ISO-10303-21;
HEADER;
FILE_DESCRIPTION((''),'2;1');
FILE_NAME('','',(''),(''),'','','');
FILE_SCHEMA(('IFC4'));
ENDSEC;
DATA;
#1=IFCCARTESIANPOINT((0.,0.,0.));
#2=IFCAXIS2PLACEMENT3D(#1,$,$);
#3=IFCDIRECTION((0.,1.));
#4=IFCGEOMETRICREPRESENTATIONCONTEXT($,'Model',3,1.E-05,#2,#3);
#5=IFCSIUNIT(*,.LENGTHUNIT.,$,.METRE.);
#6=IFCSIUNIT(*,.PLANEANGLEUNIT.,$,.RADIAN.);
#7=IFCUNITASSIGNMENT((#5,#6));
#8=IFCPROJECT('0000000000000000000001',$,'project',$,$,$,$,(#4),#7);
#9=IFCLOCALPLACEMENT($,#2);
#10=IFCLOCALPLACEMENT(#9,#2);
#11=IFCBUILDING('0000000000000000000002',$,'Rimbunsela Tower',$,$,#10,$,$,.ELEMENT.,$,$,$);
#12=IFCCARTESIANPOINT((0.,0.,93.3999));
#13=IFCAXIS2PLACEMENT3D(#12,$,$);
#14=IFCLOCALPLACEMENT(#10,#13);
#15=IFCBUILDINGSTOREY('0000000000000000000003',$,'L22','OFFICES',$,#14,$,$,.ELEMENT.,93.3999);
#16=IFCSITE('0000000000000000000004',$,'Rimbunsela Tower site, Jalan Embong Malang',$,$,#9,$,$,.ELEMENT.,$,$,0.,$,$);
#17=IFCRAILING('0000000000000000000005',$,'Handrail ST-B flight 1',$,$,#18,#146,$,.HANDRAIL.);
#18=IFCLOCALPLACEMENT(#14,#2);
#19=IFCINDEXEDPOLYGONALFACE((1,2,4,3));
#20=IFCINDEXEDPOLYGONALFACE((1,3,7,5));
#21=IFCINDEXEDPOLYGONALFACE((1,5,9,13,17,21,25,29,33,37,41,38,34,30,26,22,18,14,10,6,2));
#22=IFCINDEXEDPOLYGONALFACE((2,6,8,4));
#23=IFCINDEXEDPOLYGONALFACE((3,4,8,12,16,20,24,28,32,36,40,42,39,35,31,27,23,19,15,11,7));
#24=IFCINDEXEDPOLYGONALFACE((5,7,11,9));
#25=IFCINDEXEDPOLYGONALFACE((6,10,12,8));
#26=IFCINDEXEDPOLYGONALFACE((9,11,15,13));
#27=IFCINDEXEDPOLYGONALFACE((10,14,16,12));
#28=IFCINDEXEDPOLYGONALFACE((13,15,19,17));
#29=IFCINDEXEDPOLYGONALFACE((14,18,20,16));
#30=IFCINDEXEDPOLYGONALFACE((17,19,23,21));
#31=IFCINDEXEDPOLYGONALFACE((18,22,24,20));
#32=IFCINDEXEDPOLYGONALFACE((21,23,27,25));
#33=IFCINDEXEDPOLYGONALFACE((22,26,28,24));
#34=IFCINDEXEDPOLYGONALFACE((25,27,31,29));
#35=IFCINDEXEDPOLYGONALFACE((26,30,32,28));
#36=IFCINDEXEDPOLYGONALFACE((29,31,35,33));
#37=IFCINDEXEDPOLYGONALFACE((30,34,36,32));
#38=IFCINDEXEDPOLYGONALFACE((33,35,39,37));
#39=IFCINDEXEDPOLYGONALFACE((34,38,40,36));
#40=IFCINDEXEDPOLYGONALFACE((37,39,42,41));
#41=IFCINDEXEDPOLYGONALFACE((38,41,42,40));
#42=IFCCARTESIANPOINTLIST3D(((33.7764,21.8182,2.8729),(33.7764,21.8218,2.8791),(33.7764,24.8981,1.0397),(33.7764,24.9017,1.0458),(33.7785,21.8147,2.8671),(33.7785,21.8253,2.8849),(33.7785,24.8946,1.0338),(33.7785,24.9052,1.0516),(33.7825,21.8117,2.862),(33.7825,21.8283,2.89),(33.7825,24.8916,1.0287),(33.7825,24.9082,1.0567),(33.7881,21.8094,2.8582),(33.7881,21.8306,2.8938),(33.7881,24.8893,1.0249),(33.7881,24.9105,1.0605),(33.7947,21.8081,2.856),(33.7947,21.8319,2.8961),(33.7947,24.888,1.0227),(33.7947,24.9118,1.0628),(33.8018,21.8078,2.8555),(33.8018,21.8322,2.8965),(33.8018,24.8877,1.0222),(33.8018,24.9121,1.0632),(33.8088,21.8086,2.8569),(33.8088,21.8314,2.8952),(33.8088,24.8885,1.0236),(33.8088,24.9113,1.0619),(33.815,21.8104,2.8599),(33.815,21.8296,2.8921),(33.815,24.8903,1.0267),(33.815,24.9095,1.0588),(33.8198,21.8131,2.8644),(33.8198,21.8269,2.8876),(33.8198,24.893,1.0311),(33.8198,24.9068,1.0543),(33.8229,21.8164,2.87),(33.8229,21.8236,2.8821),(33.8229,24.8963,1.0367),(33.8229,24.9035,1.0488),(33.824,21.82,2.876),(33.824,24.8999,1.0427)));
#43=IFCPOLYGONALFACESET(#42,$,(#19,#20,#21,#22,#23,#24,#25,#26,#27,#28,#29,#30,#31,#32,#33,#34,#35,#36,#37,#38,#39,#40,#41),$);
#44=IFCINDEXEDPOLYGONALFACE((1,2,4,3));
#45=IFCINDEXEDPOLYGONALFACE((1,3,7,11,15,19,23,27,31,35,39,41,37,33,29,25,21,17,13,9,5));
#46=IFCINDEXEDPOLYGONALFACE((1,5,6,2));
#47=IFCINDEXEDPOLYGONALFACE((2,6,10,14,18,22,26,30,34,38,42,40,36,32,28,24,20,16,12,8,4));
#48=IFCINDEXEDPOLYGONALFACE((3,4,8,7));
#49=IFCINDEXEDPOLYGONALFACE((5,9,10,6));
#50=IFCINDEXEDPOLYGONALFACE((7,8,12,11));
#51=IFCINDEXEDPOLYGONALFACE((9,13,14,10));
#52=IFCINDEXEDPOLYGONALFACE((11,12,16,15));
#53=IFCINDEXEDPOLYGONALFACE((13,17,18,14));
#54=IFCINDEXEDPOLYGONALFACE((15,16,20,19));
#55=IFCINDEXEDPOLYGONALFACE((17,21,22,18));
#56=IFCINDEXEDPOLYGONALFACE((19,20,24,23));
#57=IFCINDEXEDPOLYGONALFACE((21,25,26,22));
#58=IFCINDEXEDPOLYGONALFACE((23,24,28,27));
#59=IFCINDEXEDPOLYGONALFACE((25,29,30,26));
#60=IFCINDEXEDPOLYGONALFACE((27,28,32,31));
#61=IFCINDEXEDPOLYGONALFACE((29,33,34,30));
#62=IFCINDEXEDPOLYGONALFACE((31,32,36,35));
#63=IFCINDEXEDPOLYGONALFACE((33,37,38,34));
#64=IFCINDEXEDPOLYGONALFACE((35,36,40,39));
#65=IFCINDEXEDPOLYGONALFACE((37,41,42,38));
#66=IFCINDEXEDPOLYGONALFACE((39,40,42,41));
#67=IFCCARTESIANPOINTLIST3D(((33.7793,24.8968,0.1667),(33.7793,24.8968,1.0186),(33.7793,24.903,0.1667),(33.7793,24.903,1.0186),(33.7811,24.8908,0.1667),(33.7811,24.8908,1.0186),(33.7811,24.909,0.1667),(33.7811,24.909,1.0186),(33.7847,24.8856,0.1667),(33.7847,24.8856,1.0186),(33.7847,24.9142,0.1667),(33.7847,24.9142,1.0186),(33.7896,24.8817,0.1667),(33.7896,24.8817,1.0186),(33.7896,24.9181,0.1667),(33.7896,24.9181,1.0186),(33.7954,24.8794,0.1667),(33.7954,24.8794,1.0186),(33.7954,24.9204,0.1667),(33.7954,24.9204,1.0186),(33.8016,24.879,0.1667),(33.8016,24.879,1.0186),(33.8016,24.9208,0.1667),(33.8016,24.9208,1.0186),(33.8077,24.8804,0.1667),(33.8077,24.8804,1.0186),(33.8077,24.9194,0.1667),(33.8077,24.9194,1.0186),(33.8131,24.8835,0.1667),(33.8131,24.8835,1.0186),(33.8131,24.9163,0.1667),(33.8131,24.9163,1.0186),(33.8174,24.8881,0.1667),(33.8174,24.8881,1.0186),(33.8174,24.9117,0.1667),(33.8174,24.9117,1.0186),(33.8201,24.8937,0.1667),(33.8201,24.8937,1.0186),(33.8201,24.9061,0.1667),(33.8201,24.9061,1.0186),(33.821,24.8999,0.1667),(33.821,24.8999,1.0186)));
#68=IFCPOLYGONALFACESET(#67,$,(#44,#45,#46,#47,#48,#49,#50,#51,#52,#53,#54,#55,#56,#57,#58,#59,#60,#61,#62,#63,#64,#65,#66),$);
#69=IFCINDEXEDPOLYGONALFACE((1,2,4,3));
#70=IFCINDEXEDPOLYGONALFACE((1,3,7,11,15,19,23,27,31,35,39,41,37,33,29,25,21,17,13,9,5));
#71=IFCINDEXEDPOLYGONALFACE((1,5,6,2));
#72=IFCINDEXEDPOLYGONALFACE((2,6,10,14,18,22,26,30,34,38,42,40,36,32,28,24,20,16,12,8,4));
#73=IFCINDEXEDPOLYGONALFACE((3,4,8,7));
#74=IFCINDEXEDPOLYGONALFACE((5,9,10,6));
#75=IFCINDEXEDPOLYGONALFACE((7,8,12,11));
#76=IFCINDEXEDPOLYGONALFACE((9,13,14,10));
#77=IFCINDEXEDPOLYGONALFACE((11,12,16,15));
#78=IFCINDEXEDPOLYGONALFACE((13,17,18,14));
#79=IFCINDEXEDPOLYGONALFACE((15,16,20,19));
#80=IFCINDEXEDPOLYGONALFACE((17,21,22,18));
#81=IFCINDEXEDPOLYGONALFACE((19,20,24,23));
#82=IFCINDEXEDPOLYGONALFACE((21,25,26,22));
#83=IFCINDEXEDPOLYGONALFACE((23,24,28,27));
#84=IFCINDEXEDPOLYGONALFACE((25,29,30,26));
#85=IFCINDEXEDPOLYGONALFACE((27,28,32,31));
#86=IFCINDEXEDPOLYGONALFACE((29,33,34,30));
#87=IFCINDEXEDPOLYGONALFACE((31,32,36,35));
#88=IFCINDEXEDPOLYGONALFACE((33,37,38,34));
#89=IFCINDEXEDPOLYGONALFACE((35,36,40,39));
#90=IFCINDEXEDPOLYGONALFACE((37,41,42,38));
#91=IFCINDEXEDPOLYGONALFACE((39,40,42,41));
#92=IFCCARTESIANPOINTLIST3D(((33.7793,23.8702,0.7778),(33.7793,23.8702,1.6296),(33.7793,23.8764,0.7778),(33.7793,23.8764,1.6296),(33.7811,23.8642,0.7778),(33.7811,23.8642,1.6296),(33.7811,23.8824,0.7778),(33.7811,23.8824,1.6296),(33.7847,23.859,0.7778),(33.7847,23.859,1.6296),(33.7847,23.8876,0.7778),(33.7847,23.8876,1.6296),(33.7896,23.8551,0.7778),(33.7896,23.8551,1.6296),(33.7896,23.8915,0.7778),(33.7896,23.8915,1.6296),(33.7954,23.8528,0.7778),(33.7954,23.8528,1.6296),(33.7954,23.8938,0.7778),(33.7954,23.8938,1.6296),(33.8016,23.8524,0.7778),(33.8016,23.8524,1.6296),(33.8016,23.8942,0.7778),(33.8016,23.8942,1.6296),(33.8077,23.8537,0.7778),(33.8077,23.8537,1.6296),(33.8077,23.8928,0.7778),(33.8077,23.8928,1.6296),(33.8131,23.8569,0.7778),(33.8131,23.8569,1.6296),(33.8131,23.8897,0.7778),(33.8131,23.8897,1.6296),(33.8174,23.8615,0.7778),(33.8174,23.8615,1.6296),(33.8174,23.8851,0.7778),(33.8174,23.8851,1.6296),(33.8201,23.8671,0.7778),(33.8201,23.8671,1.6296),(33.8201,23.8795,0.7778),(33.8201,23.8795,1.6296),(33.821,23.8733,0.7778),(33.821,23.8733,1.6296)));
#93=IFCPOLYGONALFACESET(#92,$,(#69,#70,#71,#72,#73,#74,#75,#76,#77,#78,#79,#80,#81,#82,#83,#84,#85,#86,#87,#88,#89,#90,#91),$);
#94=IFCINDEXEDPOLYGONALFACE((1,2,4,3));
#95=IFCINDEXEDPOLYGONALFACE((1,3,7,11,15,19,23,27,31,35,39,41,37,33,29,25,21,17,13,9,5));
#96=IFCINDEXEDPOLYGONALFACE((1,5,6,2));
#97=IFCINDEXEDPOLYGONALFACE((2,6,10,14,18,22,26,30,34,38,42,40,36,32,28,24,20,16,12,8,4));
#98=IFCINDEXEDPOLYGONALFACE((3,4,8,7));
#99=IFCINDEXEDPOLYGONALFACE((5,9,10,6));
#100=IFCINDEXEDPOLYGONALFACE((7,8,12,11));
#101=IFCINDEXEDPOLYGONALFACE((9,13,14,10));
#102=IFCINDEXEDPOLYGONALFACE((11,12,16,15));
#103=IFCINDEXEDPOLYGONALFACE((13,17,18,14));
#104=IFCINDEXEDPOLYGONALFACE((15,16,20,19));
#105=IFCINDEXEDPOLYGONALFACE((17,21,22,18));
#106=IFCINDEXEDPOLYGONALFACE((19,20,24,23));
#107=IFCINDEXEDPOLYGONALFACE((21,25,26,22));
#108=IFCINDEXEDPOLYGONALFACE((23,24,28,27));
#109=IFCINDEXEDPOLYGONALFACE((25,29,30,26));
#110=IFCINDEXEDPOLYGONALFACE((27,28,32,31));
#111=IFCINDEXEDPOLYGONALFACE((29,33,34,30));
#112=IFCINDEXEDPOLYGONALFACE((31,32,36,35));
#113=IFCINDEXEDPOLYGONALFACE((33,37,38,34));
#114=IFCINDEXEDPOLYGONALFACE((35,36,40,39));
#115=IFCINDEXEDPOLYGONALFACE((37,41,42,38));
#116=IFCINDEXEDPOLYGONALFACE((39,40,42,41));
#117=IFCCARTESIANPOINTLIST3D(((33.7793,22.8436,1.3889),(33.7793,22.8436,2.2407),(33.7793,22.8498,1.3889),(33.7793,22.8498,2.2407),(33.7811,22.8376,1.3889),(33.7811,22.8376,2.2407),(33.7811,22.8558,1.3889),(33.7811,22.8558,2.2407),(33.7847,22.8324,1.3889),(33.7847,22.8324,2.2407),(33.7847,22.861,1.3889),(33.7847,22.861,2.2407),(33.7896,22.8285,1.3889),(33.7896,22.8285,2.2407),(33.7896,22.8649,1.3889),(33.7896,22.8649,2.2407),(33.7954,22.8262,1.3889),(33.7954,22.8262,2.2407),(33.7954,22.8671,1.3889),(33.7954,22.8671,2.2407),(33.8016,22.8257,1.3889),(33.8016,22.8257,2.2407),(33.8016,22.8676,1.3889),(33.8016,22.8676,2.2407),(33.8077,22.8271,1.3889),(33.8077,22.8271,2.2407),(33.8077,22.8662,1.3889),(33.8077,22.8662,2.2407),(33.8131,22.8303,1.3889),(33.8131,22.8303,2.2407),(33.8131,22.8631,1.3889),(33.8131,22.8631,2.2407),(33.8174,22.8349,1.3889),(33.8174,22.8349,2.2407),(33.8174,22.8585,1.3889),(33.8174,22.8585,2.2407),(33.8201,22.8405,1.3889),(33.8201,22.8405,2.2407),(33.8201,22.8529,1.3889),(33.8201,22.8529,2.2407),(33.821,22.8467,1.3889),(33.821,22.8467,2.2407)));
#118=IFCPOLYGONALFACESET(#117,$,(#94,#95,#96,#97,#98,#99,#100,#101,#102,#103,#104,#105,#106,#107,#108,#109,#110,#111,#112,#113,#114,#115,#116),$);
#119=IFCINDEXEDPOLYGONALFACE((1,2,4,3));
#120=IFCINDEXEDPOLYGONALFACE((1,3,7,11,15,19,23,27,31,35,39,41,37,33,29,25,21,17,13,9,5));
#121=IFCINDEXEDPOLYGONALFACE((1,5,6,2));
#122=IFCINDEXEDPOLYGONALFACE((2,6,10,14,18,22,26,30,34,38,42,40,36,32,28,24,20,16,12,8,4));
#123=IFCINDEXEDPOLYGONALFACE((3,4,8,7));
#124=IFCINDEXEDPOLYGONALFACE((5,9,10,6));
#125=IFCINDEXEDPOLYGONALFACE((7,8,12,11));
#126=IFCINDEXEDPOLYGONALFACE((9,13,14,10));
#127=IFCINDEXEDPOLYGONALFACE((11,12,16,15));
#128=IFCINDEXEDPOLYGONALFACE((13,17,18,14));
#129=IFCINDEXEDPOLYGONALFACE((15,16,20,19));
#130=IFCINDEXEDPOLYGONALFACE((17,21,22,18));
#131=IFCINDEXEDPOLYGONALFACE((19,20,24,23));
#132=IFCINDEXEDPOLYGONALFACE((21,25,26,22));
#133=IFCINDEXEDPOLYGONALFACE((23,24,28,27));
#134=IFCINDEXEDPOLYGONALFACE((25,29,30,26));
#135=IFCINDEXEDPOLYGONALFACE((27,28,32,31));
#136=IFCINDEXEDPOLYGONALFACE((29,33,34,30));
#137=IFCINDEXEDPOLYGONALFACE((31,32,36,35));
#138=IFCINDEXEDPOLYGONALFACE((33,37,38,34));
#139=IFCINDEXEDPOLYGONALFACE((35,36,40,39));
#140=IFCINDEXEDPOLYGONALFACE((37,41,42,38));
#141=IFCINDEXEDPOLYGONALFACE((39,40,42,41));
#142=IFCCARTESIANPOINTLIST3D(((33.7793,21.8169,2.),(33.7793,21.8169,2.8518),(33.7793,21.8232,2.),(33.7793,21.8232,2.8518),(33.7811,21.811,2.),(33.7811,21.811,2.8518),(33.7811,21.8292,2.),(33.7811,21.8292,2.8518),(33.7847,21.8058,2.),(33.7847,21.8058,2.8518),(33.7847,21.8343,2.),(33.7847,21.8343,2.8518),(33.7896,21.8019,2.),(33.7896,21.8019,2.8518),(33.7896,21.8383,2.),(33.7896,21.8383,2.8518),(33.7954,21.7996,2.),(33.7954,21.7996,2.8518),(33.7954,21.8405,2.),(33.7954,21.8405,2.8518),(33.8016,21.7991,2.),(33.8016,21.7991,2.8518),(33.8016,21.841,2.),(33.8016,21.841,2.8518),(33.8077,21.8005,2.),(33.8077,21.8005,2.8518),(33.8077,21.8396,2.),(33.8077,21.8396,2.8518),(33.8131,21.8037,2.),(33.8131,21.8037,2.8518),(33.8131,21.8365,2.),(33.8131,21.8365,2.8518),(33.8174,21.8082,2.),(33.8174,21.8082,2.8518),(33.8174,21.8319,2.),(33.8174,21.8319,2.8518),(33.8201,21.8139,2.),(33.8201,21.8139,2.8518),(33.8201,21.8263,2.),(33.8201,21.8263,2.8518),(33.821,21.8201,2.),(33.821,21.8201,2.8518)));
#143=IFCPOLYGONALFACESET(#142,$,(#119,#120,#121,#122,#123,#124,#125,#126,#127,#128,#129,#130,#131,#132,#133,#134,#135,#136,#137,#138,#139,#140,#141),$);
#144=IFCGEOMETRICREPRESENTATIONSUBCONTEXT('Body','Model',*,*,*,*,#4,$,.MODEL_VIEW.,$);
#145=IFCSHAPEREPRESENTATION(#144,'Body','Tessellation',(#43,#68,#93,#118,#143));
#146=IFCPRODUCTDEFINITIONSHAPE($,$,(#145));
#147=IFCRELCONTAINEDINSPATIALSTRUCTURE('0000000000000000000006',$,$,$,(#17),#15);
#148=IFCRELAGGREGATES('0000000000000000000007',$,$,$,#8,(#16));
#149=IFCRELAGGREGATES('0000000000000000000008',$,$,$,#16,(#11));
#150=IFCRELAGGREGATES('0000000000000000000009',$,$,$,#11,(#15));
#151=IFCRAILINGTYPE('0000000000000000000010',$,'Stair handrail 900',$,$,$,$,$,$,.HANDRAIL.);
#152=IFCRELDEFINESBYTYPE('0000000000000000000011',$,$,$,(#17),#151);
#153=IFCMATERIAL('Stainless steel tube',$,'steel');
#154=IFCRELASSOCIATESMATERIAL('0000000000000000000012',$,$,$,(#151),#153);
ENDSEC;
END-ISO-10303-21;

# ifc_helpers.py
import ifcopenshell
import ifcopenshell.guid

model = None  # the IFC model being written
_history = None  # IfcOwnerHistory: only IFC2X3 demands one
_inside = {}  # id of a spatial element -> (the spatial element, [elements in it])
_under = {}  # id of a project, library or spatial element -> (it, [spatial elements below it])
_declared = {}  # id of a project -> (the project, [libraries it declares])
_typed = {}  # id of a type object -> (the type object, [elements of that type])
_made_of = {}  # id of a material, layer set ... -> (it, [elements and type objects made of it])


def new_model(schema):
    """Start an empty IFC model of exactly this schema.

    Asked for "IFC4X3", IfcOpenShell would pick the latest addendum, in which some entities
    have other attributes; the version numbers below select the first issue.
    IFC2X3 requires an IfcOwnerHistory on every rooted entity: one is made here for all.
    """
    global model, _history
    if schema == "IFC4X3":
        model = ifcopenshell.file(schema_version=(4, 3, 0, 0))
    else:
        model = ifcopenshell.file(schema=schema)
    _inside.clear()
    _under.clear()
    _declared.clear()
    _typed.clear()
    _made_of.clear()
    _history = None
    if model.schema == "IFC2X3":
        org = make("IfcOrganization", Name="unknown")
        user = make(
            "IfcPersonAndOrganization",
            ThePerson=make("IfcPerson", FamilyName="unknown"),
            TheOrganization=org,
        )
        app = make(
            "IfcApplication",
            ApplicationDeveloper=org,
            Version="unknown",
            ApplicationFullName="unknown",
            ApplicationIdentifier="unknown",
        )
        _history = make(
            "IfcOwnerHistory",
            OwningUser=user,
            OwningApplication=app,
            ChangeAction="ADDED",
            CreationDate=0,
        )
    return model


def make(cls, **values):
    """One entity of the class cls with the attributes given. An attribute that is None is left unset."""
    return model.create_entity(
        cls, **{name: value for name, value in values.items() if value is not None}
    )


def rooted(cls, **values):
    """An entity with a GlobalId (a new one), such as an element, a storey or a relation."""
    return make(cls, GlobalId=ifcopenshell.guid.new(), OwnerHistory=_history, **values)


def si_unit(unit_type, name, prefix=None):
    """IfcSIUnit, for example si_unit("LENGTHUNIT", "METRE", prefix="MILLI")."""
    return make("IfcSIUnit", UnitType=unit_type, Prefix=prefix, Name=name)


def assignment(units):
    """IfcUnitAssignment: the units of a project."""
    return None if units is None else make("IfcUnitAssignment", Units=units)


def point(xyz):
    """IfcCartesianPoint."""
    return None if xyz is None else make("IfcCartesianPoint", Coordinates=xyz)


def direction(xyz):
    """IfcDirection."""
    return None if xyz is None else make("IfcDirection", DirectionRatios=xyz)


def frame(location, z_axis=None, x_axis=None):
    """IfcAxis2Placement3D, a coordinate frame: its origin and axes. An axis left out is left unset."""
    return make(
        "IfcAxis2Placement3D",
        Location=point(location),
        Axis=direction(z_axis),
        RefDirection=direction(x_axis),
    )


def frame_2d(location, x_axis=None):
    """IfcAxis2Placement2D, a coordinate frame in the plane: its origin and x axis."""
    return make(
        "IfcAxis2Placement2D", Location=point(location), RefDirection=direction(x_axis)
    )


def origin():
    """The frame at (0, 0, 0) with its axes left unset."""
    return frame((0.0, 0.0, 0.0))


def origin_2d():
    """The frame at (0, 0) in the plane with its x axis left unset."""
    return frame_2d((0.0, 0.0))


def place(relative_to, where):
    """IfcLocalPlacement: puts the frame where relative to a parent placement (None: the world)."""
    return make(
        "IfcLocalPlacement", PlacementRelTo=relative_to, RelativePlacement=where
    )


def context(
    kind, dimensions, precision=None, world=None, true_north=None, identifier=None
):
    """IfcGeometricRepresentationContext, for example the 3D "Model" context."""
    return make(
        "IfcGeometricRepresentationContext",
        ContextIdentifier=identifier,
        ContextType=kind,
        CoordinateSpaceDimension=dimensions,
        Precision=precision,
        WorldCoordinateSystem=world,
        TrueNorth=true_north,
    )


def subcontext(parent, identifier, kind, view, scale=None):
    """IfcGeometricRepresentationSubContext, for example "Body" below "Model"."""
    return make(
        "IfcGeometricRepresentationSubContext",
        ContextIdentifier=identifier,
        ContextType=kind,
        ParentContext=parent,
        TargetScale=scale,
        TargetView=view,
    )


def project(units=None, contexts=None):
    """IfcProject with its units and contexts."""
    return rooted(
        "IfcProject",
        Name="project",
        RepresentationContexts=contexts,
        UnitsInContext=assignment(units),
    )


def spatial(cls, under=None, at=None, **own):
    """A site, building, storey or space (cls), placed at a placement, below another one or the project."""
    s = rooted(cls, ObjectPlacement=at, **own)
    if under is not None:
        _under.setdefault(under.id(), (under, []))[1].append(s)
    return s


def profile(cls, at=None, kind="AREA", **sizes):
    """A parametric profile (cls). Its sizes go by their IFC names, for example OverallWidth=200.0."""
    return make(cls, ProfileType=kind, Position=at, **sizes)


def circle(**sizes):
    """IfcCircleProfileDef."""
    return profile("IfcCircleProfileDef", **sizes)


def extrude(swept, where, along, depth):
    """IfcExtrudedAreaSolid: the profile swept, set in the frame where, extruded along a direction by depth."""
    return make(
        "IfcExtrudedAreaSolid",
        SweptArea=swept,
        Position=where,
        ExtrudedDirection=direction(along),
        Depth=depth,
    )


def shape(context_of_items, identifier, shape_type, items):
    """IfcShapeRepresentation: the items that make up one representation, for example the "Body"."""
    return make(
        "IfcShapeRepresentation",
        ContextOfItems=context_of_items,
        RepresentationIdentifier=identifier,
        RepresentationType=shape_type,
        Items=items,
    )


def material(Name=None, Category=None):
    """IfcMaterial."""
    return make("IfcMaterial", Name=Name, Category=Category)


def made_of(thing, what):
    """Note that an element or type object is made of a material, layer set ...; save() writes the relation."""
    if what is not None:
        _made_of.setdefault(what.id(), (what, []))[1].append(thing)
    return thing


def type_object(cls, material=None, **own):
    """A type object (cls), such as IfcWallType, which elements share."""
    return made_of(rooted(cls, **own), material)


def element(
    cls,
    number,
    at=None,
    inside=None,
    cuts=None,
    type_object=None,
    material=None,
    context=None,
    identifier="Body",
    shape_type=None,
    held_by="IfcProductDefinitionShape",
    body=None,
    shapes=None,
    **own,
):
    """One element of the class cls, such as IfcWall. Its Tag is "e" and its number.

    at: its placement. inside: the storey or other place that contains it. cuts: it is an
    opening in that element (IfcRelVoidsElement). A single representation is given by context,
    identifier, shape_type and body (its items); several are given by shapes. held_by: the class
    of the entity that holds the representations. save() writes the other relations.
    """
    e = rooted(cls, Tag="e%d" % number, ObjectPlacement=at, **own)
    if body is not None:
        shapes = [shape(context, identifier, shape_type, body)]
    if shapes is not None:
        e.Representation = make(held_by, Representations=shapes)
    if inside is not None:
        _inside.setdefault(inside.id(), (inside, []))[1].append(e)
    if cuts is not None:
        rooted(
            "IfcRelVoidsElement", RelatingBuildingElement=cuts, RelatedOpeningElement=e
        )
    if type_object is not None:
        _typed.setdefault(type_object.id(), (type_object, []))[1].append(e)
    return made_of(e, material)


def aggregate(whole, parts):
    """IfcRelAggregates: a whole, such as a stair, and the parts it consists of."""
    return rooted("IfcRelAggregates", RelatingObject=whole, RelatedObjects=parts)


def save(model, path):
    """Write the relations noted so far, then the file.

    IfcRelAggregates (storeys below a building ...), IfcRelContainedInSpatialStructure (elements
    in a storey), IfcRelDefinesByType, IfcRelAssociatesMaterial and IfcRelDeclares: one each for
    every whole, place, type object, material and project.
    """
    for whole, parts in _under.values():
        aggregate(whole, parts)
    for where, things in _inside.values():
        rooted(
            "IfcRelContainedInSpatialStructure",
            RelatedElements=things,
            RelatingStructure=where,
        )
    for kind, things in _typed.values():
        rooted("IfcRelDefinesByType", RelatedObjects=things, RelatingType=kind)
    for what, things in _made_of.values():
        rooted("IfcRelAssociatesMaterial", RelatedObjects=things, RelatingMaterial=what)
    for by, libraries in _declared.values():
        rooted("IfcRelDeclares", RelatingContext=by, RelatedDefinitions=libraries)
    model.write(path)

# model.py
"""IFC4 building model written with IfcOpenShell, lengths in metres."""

from ifc_helpers import new_model, si_unit, direction, frame, origin, origin_2d, place, context, subcontext, project, spatial, circle, extrude, material, type_object, element, save


model = new_model("IFC4")

# Units and contexts
model_context = context("Model", 3, precision=1e-05, world=origin(), true_north=direction((0.0, 1.0)))
body_context = subcontext(model_context, "Body", "Model", "MODEL_VIEW")
ifc_project = project(units=[si_unit("LENGTHUNIT", "METRE"), si_unit("PLANEANGLEUNIT", "RADIAN")], contexts=[model_context])

# Site, building, storey
site_placement = place(None, origin())
site = spatial("IfcSite", under=ifc_project, at=site_placement, Name="Rimbunsela Tower site, Jalan Embong Malang", CompositionType="ELEMENT", RefElevation=0.0)
building_placement = place(site_placement, origin())
building = spatial("IfcBuilding", under=site, at=building_placement, Name="Rimbunsela Tower", CompositionType="ELEMENT")
storey_placement = place(building_placement, frame((0.0, 0.0, 93.3999)))
storey = spatial("IfcBuildingStorey", under=building, at=storey_placement, Name="L22", Description="OFFICES", CompositionType="ELEMENT", Elevation=93.3999)

# Railing
ifc_material_1 = material(Name="Stainless steel tube", Category="steel")
railing_type = type_object("IfcRailingType", Name="Stair handrail 900", PredefinedType="HANDRAIL", material=ifc_material_1)
railing_placement = place(storey_placement, frame((33.8, 24.8999, 0.1667)))
element("IfcRailing", 1, at=railing_placement, inside=storey, type_object=railing_type, Name="Handrail ST-B flight 1", PredefinedType="HANDRAIL", context=body_context, shape_type="SweptSolid", body=[
    extrude(circle(Radius=0.0239, at=origin_2d()), frame((0.0, 0.0, 0.876), z_axis=(0.0, -0.859291, 0.511487), x_axis=(1.0, 0.0, 0.0)), (0.0, 0.0, 1.0), 3.5842),
    extrude(circle(Radius=0.021, at=origin_2d()), origin(), (0.0, 0.0, 1.0), 0.8518),
    extrude(circle(Radius=0.021, at=origin_2d()), frame((0.0, -1.0266, 0.6111)), (0.0, 0.0, 1.0), 0.8518),
    extrude(circle(Radius=0.021, at=origin_2d()), frame((0.0, -2.0532, 1.2222)), (0.0, 0.0, 1.0), 0.8518),
    extrude(circle(Radius=0.021, at=origin_2d()), frame((0.0, -3.0798, 1.8333)), (0.0, 0.0, 1.0), 0.8518),
])

save(model, "model.ifc")
